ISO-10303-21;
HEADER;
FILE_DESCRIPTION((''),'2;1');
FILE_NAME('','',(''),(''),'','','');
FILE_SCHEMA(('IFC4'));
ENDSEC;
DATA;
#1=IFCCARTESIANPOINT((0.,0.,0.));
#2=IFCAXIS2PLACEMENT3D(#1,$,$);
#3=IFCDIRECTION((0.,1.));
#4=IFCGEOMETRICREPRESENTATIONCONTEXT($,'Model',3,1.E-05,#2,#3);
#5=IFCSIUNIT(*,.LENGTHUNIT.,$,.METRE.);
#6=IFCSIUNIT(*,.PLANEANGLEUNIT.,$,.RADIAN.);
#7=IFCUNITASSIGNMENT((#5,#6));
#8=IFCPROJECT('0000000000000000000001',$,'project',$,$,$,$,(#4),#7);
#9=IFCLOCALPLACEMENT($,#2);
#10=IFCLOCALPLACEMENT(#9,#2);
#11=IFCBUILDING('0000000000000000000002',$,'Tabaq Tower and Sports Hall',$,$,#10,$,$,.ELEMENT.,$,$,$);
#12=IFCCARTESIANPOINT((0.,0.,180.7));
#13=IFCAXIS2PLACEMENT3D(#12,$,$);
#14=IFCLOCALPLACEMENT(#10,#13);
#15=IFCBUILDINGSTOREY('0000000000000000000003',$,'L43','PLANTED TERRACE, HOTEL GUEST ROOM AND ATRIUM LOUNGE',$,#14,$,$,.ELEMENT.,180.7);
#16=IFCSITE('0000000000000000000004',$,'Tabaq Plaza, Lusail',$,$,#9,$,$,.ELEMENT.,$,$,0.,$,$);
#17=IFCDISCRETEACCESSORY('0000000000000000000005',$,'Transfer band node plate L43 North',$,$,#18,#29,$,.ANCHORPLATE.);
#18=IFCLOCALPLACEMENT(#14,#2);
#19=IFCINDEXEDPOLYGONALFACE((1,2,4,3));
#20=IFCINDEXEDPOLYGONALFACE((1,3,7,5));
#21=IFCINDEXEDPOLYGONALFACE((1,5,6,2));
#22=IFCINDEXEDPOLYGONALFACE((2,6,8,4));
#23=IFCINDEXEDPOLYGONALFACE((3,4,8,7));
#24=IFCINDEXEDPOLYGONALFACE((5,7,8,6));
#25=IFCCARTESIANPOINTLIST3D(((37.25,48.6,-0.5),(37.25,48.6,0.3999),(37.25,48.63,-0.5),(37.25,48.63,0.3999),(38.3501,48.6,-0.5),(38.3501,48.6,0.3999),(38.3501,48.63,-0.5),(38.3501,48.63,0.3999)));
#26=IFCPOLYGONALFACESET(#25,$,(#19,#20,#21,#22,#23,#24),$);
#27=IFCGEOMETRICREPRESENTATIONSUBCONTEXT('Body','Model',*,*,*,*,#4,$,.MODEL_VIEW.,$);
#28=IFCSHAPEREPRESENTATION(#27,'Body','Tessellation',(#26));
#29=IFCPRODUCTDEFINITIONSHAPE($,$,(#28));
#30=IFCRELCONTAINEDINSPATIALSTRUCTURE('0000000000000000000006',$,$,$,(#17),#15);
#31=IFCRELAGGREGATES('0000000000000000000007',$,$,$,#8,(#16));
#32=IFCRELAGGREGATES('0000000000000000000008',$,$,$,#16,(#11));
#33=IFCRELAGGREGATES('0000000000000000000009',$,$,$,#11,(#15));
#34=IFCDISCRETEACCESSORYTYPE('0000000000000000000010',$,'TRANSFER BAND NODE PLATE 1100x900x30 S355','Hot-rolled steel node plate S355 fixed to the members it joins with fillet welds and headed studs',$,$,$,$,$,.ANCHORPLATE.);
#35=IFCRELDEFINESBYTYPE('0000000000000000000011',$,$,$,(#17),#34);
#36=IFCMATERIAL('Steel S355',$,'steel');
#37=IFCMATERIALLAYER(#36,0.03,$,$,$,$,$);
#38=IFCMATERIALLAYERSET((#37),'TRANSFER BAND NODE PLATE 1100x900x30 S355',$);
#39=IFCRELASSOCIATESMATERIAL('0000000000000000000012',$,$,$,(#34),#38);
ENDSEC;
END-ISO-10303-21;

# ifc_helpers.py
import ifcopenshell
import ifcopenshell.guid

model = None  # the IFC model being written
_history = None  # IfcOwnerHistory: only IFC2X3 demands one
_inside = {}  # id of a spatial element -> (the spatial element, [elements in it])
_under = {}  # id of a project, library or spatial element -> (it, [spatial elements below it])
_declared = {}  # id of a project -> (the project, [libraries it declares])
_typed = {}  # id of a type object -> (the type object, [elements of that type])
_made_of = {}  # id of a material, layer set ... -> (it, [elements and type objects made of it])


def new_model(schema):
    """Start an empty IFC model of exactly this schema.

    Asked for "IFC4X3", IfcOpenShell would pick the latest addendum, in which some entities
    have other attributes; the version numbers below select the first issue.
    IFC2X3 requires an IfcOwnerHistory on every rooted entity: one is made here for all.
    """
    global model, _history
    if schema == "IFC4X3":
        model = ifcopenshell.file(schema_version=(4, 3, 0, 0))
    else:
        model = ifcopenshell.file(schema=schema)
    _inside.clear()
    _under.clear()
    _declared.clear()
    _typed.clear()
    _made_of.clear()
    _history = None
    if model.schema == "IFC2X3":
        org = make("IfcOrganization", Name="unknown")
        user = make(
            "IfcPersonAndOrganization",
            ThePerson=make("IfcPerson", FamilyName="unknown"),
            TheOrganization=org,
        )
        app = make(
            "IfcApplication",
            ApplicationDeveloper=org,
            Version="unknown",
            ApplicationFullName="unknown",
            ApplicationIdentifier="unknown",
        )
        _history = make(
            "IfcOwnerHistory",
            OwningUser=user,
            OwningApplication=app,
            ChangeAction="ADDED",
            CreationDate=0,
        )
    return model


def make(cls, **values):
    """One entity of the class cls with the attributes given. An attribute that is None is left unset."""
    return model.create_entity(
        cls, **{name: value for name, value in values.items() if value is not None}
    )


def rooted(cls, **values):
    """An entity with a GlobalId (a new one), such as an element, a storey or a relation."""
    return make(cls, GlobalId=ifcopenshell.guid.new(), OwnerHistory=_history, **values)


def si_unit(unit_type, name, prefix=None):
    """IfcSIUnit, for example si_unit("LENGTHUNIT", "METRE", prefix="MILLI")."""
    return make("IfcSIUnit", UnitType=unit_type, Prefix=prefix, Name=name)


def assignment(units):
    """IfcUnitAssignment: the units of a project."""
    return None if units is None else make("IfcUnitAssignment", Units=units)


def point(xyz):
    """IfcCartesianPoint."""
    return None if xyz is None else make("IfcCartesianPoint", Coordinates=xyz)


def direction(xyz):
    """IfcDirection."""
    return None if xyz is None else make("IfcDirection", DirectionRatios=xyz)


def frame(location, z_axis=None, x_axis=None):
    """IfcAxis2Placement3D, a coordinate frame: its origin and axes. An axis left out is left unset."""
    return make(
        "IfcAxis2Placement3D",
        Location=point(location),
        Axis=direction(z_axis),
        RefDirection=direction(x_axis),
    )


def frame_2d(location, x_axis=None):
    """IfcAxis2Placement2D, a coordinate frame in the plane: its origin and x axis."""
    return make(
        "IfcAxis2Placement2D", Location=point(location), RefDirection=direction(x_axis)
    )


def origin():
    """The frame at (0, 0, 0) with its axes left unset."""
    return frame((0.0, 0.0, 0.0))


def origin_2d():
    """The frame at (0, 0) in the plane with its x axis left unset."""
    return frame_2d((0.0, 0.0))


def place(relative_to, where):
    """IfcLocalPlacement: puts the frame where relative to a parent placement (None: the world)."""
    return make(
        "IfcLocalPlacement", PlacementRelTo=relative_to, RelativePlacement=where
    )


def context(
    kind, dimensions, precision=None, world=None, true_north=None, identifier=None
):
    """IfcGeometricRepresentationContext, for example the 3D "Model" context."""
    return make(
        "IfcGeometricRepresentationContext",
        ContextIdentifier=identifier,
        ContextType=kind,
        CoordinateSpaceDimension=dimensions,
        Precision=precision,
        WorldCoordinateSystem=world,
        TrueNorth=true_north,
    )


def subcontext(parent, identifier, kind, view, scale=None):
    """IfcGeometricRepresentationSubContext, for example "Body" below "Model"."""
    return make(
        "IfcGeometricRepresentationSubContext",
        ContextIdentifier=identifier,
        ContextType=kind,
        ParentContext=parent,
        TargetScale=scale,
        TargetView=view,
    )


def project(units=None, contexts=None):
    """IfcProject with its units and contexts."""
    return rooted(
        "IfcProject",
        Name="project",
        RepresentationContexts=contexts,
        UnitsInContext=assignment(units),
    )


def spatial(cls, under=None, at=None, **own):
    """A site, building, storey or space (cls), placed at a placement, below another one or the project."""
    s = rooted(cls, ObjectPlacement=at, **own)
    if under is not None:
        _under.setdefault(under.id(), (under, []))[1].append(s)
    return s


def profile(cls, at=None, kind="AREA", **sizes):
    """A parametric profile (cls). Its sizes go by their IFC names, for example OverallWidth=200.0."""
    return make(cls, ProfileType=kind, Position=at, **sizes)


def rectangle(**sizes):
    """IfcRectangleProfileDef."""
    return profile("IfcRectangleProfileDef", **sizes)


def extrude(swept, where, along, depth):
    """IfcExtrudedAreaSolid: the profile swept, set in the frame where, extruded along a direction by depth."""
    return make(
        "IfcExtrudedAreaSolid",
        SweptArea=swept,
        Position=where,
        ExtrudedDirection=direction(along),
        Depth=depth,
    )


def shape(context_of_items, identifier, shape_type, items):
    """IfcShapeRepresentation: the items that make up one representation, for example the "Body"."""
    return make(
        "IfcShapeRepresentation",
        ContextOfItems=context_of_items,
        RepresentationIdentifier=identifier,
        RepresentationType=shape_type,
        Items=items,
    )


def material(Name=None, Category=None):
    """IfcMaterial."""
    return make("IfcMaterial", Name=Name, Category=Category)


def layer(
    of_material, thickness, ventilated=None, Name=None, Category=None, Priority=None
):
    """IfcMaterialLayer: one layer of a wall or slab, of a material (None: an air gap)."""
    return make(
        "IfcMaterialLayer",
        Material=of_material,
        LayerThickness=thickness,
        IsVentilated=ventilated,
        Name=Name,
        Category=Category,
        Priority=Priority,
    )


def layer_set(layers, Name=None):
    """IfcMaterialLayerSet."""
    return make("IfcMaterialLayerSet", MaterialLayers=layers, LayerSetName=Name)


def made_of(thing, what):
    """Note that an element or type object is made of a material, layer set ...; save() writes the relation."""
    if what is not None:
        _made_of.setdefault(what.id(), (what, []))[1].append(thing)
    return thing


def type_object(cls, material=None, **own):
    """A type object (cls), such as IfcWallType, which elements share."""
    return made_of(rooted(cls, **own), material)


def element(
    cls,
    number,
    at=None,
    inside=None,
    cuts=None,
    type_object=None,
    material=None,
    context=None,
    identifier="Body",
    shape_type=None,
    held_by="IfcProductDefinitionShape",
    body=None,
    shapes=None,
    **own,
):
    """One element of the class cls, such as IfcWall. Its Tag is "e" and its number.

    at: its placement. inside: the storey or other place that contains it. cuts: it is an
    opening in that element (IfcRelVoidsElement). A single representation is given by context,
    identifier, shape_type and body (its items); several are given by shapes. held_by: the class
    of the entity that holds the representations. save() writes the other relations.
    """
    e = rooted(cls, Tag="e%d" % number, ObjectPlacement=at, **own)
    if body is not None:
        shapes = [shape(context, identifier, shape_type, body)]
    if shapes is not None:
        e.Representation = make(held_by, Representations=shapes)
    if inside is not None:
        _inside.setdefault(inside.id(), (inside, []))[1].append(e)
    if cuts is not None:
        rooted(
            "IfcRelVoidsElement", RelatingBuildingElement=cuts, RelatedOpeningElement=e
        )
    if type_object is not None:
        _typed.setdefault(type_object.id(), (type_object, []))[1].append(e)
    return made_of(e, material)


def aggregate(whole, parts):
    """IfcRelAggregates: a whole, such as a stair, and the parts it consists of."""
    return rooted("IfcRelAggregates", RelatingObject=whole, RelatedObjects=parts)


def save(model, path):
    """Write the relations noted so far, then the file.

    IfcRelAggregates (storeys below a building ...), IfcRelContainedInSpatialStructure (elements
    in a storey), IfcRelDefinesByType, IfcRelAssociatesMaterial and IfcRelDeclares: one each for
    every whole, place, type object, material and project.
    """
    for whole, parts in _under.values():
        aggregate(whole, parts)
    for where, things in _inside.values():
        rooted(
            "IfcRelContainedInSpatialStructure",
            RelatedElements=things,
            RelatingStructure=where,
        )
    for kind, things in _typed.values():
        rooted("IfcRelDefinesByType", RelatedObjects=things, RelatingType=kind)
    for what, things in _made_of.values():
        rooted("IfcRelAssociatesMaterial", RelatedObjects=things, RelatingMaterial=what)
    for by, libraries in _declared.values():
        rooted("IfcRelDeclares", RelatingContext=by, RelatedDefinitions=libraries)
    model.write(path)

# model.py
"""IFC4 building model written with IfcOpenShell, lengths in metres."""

from ifc_helpers import new_model, si_unit, direction, frame, origin, origin_2d, place, context, subcontext, project, spatial, rectangle, extrude, material, layer, layer_set, type_object, element, save


model = new_model("IFC4")

# Units and contexts
model_context = context("Model", 3, precision=1e-05, world=origin(), true_north=direction((0.0, 1.0)))
body_context = subcontext(model_context, "Body", "Model", "MODEL_VIEW")
ifc_project = project(units=[si_unit("LENGTHUNIT", "METRE"), si_unit("PLANEANGLEUNIT", "RADIAN")], contexts=[model_context])

# Site, building, storey
site_placement = place(None, origin())
site = spatial("IfcSite", under=ifc_project, at=site_placement, Name="Tabaq Plaza, Lusail", CompositionType="ELEMENT", RefElevation=0.0)
building_placement = place(site_placement, origin())
building = spatial("IfcBuilding", under=site, at=building_placement, Name="Tabaq Tower and Sports Hall", CompositionType="ELEMENT")
storey_placement = place(building_placement, frame((0.0, 0.0, 180.7)))
storey = spatial("IfcBuildingStorey", under=building, at=storey_placement, Name="L43", Description="PLANTED TERRACE, HOTEL GUEST ROOM AND ATRIUM LOUNGE", CompositionType="ELEMENT", Elevation=180.7)

# Discrete accessory
ifc_material_1 = material(Name="Steel S355", Category="steel")
ifc_layer_1 = layer(ifc_material_1, 0.03)
ifc_layer_set_1 = layer_set([ifc_layer_1], Name="TRANSFER BAND NODE PLATE 1100x900x30 S355")
discrete_accessory_type = type_object("IfcDiscreteAccessoryType", Name="TRANSFER BAND NODE PLATE 1100x900x30 S355", Description="Hot-rolled steel node plate S355 fixed to the members it joins with fillet welds and headed studs", PredefinedType="ANCHORPLATE", material=ifc_layer_set_1)
discrete_accessory_placement = place(storey_placement, frame((37.8, 48.615, -0.5), z_axis=(0.0, 0.0, 1.0), x_axis=(-1.0, 0.0, 0.0)))
element("IfcDiscreteAccessory", 1, at=discrete_accessory_placement, inside=storey, type_object=discrete_accessory_type, Name="Transfer band node plate L43 North", PredefinedType="ANCHORPLATE", context=body_context, shape_type="SweptSolid", body=[
    extrude(rectangle(XDim=1.1001, YDim=0.03, at=origin_2d()), origin(), (0.0, 0.0, 1.0), 0.8999),
])

save(model, "model.ifc")
